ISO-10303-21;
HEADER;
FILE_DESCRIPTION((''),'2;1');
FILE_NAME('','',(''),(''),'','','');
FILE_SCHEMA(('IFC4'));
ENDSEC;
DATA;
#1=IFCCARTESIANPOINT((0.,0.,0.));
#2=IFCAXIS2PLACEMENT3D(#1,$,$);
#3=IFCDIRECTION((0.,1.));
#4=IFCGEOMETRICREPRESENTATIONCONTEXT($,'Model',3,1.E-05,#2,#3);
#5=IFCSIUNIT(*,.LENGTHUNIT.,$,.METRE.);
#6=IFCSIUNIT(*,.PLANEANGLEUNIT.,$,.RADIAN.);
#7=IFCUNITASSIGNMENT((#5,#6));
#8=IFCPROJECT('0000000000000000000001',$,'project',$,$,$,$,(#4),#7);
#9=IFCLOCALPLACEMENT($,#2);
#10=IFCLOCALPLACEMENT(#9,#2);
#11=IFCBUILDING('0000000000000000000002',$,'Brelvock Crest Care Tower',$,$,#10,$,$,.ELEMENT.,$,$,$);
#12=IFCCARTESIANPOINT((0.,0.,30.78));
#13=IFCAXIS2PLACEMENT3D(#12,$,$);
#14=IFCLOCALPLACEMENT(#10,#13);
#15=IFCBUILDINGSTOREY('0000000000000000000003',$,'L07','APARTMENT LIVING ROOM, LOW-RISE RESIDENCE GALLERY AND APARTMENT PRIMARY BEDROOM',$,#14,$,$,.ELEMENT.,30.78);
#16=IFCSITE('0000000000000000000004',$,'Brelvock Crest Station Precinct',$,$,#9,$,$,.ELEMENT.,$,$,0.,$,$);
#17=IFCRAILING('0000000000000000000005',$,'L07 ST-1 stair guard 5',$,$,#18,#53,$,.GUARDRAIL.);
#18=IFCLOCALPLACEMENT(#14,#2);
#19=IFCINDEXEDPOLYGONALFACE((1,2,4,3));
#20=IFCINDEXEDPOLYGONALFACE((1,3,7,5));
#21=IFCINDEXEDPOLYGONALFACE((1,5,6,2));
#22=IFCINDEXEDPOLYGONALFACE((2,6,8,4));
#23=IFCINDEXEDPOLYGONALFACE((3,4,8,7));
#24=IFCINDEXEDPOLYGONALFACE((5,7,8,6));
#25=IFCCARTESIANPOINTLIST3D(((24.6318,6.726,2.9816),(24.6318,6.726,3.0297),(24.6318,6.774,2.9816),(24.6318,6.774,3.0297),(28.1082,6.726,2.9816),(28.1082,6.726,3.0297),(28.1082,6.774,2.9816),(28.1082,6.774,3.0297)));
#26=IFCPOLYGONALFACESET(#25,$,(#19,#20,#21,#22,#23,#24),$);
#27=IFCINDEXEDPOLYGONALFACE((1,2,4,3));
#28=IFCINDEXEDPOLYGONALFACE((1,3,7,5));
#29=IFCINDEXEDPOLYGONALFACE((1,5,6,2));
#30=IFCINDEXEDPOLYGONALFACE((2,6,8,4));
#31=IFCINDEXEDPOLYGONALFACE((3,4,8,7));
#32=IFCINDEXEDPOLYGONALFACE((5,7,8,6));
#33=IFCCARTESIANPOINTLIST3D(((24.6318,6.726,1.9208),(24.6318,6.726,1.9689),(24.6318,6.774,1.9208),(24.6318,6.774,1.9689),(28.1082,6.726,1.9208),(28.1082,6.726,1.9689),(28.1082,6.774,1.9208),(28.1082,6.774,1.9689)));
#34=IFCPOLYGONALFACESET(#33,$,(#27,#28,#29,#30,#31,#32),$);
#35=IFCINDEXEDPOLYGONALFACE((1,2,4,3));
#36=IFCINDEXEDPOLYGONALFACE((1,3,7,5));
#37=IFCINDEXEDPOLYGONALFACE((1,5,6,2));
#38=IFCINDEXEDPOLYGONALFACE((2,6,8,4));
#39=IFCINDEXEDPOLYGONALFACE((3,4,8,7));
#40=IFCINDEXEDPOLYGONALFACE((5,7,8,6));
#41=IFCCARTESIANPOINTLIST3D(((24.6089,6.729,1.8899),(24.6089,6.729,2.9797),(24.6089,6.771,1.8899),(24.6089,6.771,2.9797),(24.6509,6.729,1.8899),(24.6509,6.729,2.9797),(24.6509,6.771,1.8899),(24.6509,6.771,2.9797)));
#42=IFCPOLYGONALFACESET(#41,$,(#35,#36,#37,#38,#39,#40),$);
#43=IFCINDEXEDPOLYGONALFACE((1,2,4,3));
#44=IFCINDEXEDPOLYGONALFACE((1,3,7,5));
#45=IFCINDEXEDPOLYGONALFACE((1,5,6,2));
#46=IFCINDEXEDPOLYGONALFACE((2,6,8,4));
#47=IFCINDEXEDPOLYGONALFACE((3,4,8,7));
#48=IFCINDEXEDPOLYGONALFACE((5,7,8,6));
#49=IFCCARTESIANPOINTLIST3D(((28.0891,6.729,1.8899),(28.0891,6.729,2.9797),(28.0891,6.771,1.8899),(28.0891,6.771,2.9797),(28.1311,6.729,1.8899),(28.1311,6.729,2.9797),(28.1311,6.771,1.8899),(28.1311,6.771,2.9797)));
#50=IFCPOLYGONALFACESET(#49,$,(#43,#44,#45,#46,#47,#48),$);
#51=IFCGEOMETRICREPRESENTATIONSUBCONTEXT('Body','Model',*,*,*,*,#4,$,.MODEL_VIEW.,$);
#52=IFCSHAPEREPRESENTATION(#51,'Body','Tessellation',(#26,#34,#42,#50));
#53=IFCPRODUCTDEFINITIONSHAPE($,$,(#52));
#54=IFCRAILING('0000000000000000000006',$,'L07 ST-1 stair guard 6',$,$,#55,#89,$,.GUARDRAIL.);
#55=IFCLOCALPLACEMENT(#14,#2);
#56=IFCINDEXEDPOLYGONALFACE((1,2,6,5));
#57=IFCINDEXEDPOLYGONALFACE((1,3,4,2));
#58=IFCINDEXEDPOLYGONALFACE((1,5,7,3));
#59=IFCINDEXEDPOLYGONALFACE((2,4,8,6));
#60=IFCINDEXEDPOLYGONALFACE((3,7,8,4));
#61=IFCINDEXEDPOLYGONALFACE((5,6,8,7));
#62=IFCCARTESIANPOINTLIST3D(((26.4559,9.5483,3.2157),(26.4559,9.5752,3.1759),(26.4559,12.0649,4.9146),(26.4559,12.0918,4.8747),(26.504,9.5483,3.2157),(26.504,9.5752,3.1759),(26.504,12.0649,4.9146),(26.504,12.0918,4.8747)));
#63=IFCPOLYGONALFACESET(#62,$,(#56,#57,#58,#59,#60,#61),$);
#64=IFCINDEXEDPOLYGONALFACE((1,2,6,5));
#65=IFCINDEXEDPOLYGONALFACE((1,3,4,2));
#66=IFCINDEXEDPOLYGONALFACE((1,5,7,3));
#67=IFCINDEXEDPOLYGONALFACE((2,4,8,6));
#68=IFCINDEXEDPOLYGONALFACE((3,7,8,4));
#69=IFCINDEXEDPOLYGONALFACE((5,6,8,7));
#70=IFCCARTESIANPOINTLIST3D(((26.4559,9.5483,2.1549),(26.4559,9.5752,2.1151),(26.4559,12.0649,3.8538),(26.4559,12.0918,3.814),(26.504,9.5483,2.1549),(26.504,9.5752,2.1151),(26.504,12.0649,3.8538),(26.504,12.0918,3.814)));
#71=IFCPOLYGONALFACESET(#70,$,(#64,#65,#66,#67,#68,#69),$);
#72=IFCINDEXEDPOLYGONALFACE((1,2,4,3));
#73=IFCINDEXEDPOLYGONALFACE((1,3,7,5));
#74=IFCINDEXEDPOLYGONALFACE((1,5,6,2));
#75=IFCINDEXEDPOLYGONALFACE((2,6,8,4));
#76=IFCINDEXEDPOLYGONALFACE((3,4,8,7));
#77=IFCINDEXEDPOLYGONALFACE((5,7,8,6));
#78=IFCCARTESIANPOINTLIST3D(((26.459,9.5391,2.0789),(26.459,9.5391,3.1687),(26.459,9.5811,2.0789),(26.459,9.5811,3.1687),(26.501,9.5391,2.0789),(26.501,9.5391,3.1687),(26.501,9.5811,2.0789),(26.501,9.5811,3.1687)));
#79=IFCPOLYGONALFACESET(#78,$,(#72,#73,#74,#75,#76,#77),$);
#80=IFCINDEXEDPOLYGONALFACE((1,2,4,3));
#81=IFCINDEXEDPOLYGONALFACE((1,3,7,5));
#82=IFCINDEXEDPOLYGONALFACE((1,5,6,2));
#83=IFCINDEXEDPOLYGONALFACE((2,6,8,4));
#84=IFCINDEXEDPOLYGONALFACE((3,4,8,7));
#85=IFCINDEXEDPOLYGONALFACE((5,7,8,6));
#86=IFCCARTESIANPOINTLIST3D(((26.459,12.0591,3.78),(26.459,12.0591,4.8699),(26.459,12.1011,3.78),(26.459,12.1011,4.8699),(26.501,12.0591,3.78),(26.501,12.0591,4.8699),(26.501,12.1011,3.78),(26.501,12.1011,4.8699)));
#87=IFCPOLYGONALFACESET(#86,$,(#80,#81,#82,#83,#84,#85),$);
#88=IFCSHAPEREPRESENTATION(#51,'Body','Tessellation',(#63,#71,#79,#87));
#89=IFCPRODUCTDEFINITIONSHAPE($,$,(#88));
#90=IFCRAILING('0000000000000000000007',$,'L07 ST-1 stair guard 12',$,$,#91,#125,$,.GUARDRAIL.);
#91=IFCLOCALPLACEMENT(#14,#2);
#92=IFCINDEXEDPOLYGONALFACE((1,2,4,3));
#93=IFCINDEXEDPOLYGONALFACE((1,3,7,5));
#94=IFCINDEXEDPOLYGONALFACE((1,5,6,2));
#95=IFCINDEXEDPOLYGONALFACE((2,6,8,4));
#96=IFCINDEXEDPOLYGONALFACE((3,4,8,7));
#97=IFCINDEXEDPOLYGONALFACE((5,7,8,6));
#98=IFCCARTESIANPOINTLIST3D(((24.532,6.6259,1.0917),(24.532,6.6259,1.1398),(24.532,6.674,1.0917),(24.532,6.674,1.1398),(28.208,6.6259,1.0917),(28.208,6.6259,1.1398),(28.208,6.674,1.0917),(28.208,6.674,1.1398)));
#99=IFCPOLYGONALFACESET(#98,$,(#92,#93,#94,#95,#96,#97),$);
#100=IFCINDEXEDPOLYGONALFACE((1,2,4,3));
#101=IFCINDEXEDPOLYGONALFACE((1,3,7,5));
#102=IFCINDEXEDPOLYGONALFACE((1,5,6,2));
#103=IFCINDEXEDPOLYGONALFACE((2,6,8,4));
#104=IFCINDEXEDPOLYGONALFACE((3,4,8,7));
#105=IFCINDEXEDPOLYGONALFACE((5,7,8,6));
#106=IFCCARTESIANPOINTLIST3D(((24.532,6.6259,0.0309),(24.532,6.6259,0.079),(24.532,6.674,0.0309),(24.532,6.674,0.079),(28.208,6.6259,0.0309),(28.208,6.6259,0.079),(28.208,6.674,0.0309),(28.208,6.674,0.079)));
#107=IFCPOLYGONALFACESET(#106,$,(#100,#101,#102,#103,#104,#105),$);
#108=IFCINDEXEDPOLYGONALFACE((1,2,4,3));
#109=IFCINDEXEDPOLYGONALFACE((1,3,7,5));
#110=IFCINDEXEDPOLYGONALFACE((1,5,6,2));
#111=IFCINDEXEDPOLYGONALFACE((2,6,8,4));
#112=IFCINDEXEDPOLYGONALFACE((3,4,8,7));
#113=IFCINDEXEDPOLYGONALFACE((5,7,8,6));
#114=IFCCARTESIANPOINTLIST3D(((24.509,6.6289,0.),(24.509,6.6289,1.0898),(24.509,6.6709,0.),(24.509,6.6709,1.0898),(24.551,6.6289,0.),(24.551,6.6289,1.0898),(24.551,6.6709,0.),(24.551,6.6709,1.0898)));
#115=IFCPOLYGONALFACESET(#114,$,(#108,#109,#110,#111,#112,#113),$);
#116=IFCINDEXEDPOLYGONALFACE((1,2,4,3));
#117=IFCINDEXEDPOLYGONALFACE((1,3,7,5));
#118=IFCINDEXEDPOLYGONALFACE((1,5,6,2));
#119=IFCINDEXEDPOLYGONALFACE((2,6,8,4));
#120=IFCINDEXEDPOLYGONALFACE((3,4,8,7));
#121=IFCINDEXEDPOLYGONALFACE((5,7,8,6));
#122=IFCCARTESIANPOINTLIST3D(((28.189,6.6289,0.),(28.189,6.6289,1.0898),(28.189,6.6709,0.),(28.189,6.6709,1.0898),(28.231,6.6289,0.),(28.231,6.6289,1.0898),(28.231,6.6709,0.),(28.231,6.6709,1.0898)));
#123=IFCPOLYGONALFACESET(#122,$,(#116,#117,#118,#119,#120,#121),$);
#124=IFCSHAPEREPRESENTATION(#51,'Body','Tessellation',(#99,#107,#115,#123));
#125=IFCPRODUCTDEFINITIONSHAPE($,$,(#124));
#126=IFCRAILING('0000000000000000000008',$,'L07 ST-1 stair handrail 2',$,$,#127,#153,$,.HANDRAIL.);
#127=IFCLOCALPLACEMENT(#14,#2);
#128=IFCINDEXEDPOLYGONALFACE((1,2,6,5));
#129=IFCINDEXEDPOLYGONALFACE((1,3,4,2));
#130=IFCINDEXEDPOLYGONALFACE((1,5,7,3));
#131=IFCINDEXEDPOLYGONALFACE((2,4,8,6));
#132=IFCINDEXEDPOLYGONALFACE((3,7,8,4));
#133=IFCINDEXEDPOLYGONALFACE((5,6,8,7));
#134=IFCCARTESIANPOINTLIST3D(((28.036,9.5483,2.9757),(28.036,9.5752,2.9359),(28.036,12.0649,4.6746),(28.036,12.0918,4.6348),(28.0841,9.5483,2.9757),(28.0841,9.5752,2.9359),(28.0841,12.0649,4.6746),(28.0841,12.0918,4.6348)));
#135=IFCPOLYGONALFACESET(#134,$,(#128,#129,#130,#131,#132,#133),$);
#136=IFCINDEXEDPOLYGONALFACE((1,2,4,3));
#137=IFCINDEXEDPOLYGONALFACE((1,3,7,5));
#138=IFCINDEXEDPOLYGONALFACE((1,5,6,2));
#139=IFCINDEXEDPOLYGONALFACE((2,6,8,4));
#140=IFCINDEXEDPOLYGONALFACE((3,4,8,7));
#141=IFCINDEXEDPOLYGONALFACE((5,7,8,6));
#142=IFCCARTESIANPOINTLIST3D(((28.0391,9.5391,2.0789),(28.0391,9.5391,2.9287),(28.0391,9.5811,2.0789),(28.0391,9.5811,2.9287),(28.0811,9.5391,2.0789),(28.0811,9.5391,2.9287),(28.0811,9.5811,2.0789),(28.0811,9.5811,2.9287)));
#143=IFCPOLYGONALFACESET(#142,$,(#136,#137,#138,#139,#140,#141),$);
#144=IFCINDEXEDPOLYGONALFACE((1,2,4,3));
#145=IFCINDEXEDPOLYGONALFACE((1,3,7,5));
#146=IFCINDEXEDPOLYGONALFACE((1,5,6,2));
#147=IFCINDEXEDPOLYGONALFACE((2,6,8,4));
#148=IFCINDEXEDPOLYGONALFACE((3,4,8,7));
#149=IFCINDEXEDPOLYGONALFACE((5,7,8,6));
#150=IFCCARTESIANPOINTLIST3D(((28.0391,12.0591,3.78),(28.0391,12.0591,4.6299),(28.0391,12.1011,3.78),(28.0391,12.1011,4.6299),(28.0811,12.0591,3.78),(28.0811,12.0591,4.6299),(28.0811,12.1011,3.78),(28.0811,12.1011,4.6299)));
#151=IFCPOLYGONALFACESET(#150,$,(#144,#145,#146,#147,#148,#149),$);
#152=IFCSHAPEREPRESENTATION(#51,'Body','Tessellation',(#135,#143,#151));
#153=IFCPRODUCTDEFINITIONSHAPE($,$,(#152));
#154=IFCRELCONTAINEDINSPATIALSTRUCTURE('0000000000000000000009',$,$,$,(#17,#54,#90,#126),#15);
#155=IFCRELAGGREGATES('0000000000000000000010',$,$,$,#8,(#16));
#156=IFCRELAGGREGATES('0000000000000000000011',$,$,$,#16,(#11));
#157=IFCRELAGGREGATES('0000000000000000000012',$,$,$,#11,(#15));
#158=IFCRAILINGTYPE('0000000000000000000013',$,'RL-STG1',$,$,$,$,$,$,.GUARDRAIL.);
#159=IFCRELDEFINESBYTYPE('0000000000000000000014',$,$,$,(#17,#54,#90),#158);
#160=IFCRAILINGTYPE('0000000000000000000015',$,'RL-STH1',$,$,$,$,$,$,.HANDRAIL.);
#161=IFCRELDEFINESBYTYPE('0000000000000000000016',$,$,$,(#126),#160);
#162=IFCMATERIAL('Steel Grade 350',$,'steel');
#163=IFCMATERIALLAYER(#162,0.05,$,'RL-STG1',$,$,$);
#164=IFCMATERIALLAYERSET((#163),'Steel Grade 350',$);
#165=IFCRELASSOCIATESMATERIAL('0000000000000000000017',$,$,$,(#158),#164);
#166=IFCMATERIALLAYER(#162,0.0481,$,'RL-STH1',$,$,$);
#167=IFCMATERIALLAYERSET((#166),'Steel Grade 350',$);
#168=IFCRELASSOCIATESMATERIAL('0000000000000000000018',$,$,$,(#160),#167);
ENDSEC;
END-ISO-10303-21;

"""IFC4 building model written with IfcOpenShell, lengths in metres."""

from ifc_helpers import new_model, si_unit, direction, frame, origin, origin_2d, place, context, subcontext, project, spatial, rectangle, extrude, material, layer, layer_set, type_object, element, save


model = new_model("IFC4")

# Units and contexts
model_context = context("Model", 3, precision=1e-05, world=origin(), true_north=direction((0.0, 1.0)))
body_context = subcontext(model_context, "Body", "Model", "MODEL_VIEW")
ifc_project = project(units=[si_unit("LENGTHUNIT", "METRE"), si_unit("PLANEANGLEUNIT", "RADIAN")], contexts=[model_context])

# Site, building, storey
site_placement = place(None, origin())
site = spatial("IfcSite", under=ifc_project, at=site_placement, Name="Brelvock Crest Station Precinct", CompositionType="ELEMENT", RefElevation=0.0)
building_placement = place(site_placement, origin())
building = spatial("IfcBuilding", under=site, at=building_placement, Name="Brelvock Crest Care Tower", CompositionType="ELEMENT")
storey_placement = place(building_placement, frame((0.0, 0.0, 30.78)))
storey = spatial("IfcBuildingStorey", under=building, at=storey_placement, Name="L07", Description="APARTMENT LIVING ROOM, LOW-RISE RESIDENCE GALLERY AND APARTMENT PRIMARY BEDROOM", CompositionType="ELEMENT", Elevation=30.78)

# Shared definitions
ifc_material_1 = material(Name="Steel Grade 350", Category="steel")

# Railings
ifc_layer_1 = layer(ifc_material_1, 0.05, Name="RL-STG1")
ifc_layer_set_1 = layer_set([ifc_layer_1], Name="Steel Grade 350")
railing_type_1 = type_object("IfcRailingType", Name="RL-STG1", PredefinedType="GUARDRAIL", material=ifc_layer_set_1)
railing_1_placement = place(storey_placement, frame((24.6299, 6.75, 1.8899)))
element("IfcRailing", 1, at=railing_1_placement, inside=storey, type_object=railing_type_1, Name="L07 ST-1 stair guard 5", PredefinedType="GUARDRAIL", context=body_context, shape_type="SweptSolid", body=[
    extrude(rectangle(XDim=0.0481, YDim=0.0481, at=origin_2d()), frame((0.002, 0.0, 1.1157), z_axis=(1.0, 0.0, 0.0), x_axis=(0.0, 1.0, 0.0)), (0.0, 0.0, 1.0), 3.4763),
    extrude(rectangle(XDim=0.0481, YDim=0.0481, at=origin_2d()), frame((0.002, 0.0, 0.0549), z_axis=(1.0, 0.0, 0.0), x_axis=(0.0, 1.0, 0.0)), (0.0, 0.0, 1.0), 3.4763),
    extrude(rectangle(XDim=0.042, YDim=0.042, at=origin_2d()), origin(), (0.0, 0.0, 1.0), 1.0898),
    extrude(rectangle(XDim=0.042, YDim=0.042, at=origin_2d()), frame((3.4802, 0.0, 0.0)), (0.0, 0.0, 1.0), 1.0898),
])
railing_2_placement = place(storey_placement, frame((26.48, 9.5601, 2.0789)))
element("IfcRailing", 2, at=railing_2_placement, inside=storey, type_object=railing_type_1, Name="L07 ST-1 stair guard 6", PredefinedType="GUARDRAIL", context=body_context, shape_type="SweptSolid", body=[
    extrude(rectangle(XDim=0.0481, YDim=0.0481, at=origin_2d()), frame((0.0, 0.0017, 1.1169), z_axis=(0.0, 0.828824, 0.559509), x_axis=(-1.0, 0.0, 0.0)), (0.0, 0.0, 1.0), 3.0364),
    extrude(rectangle(XDim=0.0481, YDim=0.0481, at=origin_2d()), frame((0.0, 0.0017, 0.0562), z_axis=(0.0, 0.828824, 0.559509), x_axis=(-1.0, 0.0, 0.0)), (0.0, 0.0, 1.0), 3.0364),
    extrude(rectangle(XDim=0.042, YDim=0.042, at=origin_2d()), origin(), (0.0, 0.0, 1.0), 1.0898),
    extrude(rectangle(XDim=0.042, YDim=0.042, at=origin_2d()), frame((0.0, 2.52, 1.7012)), (0.0, 0.0, 1.0), 1.0898),
])
railing_3_placement = place(storey_placement, frame((24.53, 6.6499, 0.0)))
element("IfcRailing", 3, at=railing_3_placement, inside=storey, type_object=railing_type_1, Name="L07 ST-1 stair guard 12", PredefinedType="GUARDRAIL", context=body_context, shape_type="SweptSolid", body=[
    extrude(rectangle(XDim=0.0481, YDim=0.0481, at=origin_2d()), frame((0.002, 0.0, 1.1157), z_axis=(1.0, 0.0, 0.0), x_axis=(0.0, 1.0, 0.0)), (0.0, 0.0, 1.0), 3.676),
    extrude(rectangle(XDim=0.0481, YDim=0.0481, at=origin_2d()), frame((0.002, 0.0, 0.0549), z_axis=(1.0, 0.0, 0.0), x_axis=(0.0, 1.0, 0.0)), (0.0, 0.0, 1.0), 3.676),
    extrude(rectangle(XDim=0.042, YDim=0.042, at=origin_2d()), origin(), (0.0, 0.0, 1.0), 1.0898),
    extrude(rectangle(XDim=0.042, YDim=0.042, at=origin_2d()), frame((3.6799, 0.0, 0.0)), (0.0, 0.0, 1.0), 1.0898),
])
ifc_layer_2 = layer(ifc_material_1, 0.0481, Name="RL-STH1")
ifc_layer_set_2 = layer_set([ifc_layer_2], Name="Steel Grade 350")
railing_type_2 = type_object("IfcRailingType", Name="RL-STH1", PredefinedType="HANDRAIL", material=ifc_layer_set_2)
railing_4_placement = place(storey_placement, frame((28.0601, 9.5601, 2.0789)))
element("IfcRailing", 4, at=railing_4_placement, inside=storey, type_object=railing_type_2, Name="L07 ST-1 stair handrail 2", PredefinedType="HANDRAIL", context=body_context, shape_type="SweptSolid", body=[
    extrude(rectangle(XDim=0.0481, YDim=0.0481, at=origin_2d()), frame((0.0, 0.0017, 0.877), z_axis=(0.0, 0.828824, 0.559509), x_axis=(-1.0, 0.0, 0.0)), (0.0, 0.0, 1.0), 3.0364),
    extrude(rectangle(XDim=0.042, YDim=0.042, at=origin_2d()), origin(), (0.0, 0.0, 1.0), 0.8499),
    extrude(rectangle(XDim=0.042, YDim=0.042, at=origin_2d()), frame((0.0, 2.52, 1.7012)), (0.0, 0.0, 1.0), 0.8499),
])

save(model, "model.ifc")
